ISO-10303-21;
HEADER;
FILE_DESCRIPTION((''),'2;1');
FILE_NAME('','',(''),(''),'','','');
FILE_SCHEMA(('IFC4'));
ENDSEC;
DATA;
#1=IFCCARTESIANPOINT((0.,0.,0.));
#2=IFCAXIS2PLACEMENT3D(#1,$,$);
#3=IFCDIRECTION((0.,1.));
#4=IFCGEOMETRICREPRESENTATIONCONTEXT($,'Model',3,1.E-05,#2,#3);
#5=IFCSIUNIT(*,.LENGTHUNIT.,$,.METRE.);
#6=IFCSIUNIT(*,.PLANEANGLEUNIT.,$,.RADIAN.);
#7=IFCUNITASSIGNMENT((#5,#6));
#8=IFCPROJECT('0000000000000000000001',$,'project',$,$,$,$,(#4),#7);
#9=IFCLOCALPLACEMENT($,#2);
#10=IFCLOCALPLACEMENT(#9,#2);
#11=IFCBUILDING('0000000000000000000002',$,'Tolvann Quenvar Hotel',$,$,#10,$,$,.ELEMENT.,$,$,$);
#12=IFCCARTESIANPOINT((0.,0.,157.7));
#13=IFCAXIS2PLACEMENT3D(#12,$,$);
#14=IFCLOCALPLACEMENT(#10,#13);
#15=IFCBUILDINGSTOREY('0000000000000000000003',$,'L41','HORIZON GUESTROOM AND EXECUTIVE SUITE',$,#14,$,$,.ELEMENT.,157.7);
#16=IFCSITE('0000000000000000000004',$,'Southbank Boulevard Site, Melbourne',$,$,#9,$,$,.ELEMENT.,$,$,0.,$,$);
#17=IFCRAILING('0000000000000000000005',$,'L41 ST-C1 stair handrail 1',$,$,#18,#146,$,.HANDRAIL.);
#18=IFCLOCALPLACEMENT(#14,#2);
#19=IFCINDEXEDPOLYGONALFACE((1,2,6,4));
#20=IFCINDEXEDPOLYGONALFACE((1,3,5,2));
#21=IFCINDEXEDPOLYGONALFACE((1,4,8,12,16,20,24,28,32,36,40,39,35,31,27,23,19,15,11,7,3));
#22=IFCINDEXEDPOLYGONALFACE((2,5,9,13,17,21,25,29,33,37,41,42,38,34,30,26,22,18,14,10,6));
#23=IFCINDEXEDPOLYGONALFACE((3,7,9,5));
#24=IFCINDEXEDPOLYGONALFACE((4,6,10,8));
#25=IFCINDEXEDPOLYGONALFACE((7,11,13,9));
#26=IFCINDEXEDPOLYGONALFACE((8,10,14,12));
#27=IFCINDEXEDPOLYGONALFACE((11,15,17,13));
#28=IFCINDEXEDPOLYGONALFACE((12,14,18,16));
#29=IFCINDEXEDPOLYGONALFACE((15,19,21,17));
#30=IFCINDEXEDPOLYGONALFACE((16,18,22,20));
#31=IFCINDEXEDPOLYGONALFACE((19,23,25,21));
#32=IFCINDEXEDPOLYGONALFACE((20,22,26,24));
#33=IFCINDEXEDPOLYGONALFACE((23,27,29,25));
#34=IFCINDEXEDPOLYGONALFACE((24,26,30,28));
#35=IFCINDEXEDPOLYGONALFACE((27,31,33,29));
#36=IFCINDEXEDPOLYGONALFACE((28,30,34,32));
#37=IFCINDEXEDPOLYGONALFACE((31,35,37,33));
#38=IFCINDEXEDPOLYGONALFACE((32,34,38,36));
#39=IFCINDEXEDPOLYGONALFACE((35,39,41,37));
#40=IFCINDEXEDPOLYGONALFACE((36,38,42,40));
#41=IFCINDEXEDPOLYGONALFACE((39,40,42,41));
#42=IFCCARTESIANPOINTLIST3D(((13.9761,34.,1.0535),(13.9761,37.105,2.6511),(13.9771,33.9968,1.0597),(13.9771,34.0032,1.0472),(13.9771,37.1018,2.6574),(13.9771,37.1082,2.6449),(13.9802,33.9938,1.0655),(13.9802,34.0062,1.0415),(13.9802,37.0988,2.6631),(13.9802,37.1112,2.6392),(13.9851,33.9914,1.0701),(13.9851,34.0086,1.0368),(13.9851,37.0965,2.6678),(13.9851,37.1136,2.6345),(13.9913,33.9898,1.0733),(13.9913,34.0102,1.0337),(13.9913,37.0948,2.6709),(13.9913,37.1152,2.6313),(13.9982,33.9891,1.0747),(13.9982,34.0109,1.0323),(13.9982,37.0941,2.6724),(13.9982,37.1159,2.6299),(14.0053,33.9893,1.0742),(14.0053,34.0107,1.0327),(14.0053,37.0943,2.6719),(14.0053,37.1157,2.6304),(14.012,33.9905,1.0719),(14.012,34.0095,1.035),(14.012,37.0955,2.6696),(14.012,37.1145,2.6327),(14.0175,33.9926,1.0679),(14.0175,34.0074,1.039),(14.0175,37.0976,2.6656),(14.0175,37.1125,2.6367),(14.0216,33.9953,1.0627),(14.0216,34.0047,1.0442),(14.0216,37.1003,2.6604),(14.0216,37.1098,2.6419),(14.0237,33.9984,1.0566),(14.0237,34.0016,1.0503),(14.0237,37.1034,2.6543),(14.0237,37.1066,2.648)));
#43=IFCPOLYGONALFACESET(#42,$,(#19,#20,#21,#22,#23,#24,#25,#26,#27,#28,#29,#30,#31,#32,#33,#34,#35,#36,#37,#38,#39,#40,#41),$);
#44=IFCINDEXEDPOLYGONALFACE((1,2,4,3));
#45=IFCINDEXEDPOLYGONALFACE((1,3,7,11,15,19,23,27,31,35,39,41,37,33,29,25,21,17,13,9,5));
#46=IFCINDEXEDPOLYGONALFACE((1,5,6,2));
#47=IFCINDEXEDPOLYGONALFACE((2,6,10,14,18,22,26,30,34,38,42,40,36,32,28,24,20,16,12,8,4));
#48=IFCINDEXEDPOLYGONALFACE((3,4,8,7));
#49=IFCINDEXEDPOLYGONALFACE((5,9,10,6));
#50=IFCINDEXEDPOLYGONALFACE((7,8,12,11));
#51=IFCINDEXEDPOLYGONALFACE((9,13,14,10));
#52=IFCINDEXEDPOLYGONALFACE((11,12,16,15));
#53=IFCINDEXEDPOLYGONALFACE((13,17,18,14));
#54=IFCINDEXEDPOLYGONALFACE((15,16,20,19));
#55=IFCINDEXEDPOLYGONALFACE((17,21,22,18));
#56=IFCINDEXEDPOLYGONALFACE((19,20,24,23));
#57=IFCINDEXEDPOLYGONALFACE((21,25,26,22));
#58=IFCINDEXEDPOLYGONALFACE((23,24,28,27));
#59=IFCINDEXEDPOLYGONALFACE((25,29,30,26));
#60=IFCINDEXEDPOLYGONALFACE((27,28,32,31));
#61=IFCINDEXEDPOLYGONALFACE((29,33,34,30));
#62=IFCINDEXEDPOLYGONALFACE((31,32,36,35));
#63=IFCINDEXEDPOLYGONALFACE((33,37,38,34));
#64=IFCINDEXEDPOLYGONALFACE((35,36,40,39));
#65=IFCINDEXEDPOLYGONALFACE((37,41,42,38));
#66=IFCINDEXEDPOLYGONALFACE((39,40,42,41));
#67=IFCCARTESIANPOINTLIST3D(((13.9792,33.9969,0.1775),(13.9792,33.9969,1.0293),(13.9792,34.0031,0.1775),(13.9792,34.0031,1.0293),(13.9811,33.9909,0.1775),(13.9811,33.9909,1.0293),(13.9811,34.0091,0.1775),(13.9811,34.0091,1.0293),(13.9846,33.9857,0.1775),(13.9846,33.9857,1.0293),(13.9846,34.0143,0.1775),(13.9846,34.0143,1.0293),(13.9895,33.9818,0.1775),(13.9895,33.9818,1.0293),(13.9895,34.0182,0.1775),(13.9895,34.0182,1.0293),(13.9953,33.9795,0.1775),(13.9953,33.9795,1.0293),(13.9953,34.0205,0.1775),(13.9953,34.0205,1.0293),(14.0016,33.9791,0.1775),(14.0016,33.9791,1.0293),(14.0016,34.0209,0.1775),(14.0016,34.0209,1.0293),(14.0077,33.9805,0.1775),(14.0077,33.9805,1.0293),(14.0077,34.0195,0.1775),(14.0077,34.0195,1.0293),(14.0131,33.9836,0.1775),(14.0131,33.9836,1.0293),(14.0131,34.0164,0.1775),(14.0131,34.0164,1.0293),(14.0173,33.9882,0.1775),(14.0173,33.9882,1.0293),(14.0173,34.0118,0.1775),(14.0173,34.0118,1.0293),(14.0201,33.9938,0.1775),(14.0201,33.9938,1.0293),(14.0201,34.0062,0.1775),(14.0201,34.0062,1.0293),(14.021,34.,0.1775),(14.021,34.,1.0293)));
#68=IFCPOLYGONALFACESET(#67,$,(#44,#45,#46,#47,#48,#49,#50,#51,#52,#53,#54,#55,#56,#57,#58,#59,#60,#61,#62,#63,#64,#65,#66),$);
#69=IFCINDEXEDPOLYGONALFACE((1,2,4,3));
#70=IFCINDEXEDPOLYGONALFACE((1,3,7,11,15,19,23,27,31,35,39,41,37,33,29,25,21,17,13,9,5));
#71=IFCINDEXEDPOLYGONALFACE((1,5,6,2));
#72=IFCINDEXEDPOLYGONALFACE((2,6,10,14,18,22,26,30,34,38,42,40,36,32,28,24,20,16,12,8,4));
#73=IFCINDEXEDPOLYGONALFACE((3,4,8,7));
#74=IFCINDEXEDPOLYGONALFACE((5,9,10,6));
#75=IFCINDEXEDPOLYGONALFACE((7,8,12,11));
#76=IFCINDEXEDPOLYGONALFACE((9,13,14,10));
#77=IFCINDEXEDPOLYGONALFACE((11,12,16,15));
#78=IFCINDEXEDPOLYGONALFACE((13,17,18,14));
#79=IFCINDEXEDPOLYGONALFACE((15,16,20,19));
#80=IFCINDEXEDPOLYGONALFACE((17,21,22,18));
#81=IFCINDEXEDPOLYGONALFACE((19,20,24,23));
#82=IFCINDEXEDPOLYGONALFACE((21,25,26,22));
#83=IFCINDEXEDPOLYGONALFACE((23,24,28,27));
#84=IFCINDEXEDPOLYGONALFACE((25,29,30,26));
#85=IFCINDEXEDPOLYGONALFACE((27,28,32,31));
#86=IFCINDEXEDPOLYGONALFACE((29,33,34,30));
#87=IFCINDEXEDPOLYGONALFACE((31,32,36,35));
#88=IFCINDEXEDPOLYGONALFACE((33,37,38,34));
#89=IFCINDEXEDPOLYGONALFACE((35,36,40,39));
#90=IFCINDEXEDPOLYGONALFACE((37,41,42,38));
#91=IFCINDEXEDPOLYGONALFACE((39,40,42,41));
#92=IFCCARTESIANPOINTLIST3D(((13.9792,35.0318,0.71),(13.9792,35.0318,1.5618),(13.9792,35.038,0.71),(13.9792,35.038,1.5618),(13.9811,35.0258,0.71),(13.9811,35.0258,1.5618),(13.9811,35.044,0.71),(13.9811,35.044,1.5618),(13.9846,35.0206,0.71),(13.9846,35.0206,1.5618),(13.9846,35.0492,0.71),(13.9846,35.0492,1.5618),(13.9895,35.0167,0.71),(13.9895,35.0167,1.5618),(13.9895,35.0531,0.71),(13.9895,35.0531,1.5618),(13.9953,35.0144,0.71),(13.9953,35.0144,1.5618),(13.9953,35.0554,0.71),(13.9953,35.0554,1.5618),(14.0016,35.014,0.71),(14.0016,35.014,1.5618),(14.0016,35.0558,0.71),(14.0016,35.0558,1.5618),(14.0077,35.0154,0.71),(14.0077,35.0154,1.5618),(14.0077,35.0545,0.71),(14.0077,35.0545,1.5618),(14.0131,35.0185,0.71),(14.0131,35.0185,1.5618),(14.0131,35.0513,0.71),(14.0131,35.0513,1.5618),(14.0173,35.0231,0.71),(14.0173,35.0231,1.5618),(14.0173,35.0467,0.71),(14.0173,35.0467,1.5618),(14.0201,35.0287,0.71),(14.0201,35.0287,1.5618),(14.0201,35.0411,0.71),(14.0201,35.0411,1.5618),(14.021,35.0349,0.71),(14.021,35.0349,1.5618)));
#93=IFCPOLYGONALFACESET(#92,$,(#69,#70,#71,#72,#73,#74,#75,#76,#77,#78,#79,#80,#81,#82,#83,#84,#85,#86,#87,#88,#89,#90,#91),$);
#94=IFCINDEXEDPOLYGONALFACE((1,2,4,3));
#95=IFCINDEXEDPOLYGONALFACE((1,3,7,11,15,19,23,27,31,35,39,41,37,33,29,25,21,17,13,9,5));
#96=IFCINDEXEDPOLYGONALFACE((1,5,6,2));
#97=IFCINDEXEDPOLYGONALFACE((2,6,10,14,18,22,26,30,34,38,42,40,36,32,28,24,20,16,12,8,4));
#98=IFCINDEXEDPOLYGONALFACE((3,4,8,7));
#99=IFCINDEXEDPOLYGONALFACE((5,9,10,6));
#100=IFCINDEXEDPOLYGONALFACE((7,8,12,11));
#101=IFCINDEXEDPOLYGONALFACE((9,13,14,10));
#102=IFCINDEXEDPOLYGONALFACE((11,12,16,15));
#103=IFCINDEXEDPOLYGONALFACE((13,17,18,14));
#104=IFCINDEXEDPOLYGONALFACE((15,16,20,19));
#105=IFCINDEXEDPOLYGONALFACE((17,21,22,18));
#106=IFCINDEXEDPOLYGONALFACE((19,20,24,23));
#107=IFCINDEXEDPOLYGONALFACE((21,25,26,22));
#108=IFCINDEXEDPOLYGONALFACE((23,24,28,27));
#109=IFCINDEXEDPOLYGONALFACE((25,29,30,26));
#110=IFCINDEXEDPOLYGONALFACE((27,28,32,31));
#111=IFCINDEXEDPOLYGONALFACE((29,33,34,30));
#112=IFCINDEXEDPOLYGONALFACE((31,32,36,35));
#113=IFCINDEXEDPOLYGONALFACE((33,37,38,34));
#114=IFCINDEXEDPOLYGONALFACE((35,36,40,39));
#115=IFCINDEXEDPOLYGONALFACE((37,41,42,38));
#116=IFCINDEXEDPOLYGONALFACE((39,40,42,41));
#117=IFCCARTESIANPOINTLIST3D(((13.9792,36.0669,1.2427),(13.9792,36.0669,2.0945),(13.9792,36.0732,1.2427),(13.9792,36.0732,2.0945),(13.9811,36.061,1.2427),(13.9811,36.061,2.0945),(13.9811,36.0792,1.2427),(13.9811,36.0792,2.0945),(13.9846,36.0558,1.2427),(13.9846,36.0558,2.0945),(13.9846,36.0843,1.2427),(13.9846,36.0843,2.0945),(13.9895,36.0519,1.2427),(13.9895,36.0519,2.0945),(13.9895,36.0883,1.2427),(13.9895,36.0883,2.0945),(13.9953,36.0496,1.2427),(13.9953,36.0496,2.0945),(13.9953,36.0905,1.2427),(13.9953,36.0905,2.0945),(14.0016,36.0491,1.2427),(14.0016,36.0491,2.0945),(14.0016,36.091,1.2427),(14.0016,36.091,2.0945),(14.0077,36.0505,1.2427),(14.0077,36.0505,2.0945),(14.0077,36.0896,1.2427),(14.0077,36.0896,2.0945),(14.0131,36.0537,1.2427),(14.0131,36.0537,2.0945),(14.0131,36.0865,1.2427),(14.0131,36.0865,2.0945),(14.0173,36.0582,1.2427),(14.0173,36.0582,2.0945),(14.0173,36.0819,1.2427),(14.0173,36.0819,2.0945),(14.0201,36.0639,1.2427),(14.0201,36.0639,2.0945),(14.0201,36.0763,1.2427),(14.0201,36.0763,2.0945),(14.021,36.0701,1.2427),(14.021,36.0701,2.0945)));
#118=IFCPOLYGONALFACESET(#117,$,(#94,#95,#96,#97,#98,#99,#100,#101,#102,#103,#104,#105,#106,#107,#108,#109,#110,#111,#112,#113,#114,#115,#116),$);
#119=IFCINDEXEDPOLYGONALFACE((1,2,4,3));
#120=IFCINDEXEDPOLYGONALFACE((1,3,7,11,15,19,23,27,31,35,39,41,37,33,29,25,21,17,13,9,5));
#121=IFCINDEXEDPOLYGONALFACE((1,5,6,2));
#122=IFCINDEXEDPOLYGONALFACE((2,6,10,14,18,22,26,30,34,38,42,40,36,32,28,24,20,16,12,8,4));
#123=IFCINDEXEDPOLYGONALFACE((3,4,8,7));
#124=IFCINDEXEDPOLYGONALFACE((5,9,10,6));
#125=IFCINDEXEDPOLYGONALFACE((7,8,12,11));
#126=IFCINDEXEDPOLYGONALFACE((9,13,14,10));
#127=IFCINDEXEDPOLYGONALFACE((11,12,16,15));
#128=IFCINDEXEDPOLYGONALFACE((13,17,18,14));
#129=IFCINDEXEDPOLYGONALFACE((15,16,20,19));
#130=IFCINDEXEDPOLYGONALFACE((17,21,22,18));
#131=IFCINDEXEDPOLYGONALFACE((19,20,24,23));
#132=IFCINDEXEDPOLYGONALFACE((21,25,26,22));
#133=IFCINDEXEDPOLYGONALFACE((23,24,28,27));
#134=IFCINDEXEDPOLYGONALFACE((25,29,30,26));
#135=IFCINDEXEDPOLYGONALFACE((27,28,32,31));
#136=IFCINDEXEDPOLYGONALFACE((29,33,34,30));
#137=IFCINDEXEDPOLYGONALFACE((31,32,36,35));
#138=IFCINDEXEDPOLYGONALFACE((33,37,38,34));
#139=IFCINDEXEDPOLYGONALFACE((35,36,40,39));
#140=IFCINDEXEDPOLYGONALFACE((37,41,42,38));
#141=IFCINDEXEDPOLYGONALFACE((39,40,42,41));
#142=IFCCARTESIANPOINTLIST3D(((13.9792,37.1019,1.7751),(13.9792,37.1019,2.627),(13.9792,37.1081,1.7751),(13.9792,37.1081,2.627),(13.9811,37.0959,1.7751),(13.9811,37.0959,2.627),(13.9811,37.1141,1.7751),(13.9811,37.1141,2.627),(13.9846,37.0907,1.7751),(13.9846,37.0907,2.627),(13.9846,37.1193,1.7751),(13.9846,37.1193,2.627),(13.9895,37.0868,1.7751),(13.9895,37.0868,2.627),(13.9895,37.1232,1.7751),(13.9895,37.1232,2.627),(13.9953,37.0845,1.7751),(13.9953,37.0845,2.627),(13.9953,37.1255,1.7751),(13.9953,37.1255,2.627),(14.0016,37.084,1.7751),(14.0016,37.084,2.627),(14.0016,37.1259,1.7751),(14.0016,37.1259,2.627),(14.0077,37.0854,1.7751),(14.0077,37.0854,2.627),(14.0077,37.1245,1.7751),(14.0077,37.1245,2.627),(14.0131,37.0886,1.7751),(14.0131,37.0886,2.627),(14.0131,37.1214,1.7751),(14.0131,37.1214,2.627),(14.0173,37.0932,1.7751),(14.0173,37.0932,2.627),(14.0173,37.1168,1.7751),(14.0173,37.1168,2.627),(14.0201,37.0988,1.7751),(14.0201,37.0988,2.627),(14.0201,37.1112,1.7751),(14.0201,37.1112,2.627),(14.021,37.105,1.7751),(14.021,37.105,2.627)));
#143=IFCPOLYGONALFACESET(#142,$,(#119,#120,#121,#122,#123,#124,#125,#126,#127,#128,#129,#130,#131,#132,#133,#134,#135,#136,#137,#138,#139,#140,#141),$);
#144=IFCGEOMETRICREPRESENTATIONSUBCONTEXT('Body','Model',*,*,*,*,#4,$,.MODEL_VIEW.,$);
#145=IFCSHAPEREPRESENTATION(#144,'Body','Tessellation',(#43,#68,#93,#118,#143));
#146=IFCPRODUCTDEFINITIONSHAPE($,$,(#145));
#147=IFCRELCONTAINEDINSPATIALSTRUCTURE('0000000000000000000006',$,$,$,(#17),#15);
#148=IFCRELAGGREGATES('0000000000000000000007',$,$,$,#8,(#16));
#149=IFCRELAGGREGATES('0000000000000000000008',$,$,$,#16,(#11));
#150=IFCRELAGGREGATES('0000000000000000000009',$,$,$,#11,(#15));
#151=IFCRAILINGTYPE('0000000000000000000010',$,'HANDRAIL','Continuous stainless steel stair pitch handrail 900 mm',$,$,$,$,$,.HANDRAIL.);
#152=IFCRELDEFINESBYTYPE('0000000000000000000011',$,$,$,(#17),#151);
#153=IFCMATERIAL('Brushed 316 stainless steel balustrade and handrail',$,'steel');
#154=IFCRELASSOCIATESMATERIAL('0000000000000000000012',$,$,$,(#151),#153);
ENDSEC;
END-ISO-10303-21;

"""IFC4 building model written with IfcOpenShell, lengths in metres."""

from ifc_helpers import new_model, si_unit, direction, frame, origin, origin_2d, place, context, subcontext, project, spatial, circle, extrude, material, type_object, element, save


model = new_model("IFC4")

# Units and contexts
model_context = context("Model", 3, precision=1e-05, world=origin(), true_north=direction((0.0, 1.0)))
body_context = subcontext(model_context, "Body", "Model", "MODEL_VIEW")
ifc_project = project(units=[si_unit("LENGTHUNIT", "METRE"), si_unit("PLANEANGLEUNIT", "RADIAN")], contexts=[model_context])

# Site, building, storey
site_placement = place(None, origin())
site = spatial("IfcSite", under=ifc_project, at=site_placement, Name="Southbank Boulevard Site, Melbourne", CompositionType="ELEMENT", RefElevation=0.0)
building_placement = place(site_placement, origin())
building = spatial("IfcBuilding", under=site, at=building_placement, Name="Tolvann Quenvar Hotel", CompositionType="ELEMENT")
storey_placement = place(building_placement, frame((0.0, 0.0, 157.7)))
storey = spatial("IfcBuildingStorey", under=building, at=storey_placement, Name="L41", Description="HORIZON GUESTROOM AND EXECUTIVE SUITE", CompositionType="ELEMENT", Elevation=157.7)

# Railing
ifc_material_1 = material(Name="Brushed 316 stainless steel balustrade and handrail", Category="steel")
railing_type_1 = type_object("IfcRailingType", Name="HANDRAIL", Description="Continuous stainless steel stair pitch handrail 900 mm", PredefinedType="HANDRAIL", material=ifc_material_1)
railing_1_placement = place(storey_placement, frame((14.0, 34.0, 0.1775)))
element("IfcRailing", 1, at=railing_1_placement, inside=storey, type_object=railing_type_1, Name="L41 ST-C1 stair handrail 1", PredefinedType="HANDRAIL", context=body_context, shape_type="SweptSolid", body=[
    extrude(circle(Radius=0.0239, at=origin_2d()), frame((0.0, 0.0, 0.876), z_axis=(0.0, 0.889194, 0.457531), x_axis=(-1.0, 0.0, 0.0)), (0.0, 0.0, 1.0), 3.4919),
    extrude(circle(Radius=0.021, at=origin_2d()), origin(), (0.0, 0.0, 1.0), 0.8518),
    extrude(circle(Radius=0.021, at=origin_2d()), frame((0.0, 1.0349, 0.5325)), (0.0, 0.0, 1.0), 0.8518),
    extrude(circle(Radius=0.021, at=origin_2d()), frame((0.0, 2.0701, 1.0652)), (0.0, 0.0, 1.0), 0.8518),
    extrude(circle(Radius=0.021, at=origin_2d()), frame((0.0, 3.105, 1.5977)), (0.0, 0.0, 1.0), 0.8518),
])

save(model, "model.ifc")
